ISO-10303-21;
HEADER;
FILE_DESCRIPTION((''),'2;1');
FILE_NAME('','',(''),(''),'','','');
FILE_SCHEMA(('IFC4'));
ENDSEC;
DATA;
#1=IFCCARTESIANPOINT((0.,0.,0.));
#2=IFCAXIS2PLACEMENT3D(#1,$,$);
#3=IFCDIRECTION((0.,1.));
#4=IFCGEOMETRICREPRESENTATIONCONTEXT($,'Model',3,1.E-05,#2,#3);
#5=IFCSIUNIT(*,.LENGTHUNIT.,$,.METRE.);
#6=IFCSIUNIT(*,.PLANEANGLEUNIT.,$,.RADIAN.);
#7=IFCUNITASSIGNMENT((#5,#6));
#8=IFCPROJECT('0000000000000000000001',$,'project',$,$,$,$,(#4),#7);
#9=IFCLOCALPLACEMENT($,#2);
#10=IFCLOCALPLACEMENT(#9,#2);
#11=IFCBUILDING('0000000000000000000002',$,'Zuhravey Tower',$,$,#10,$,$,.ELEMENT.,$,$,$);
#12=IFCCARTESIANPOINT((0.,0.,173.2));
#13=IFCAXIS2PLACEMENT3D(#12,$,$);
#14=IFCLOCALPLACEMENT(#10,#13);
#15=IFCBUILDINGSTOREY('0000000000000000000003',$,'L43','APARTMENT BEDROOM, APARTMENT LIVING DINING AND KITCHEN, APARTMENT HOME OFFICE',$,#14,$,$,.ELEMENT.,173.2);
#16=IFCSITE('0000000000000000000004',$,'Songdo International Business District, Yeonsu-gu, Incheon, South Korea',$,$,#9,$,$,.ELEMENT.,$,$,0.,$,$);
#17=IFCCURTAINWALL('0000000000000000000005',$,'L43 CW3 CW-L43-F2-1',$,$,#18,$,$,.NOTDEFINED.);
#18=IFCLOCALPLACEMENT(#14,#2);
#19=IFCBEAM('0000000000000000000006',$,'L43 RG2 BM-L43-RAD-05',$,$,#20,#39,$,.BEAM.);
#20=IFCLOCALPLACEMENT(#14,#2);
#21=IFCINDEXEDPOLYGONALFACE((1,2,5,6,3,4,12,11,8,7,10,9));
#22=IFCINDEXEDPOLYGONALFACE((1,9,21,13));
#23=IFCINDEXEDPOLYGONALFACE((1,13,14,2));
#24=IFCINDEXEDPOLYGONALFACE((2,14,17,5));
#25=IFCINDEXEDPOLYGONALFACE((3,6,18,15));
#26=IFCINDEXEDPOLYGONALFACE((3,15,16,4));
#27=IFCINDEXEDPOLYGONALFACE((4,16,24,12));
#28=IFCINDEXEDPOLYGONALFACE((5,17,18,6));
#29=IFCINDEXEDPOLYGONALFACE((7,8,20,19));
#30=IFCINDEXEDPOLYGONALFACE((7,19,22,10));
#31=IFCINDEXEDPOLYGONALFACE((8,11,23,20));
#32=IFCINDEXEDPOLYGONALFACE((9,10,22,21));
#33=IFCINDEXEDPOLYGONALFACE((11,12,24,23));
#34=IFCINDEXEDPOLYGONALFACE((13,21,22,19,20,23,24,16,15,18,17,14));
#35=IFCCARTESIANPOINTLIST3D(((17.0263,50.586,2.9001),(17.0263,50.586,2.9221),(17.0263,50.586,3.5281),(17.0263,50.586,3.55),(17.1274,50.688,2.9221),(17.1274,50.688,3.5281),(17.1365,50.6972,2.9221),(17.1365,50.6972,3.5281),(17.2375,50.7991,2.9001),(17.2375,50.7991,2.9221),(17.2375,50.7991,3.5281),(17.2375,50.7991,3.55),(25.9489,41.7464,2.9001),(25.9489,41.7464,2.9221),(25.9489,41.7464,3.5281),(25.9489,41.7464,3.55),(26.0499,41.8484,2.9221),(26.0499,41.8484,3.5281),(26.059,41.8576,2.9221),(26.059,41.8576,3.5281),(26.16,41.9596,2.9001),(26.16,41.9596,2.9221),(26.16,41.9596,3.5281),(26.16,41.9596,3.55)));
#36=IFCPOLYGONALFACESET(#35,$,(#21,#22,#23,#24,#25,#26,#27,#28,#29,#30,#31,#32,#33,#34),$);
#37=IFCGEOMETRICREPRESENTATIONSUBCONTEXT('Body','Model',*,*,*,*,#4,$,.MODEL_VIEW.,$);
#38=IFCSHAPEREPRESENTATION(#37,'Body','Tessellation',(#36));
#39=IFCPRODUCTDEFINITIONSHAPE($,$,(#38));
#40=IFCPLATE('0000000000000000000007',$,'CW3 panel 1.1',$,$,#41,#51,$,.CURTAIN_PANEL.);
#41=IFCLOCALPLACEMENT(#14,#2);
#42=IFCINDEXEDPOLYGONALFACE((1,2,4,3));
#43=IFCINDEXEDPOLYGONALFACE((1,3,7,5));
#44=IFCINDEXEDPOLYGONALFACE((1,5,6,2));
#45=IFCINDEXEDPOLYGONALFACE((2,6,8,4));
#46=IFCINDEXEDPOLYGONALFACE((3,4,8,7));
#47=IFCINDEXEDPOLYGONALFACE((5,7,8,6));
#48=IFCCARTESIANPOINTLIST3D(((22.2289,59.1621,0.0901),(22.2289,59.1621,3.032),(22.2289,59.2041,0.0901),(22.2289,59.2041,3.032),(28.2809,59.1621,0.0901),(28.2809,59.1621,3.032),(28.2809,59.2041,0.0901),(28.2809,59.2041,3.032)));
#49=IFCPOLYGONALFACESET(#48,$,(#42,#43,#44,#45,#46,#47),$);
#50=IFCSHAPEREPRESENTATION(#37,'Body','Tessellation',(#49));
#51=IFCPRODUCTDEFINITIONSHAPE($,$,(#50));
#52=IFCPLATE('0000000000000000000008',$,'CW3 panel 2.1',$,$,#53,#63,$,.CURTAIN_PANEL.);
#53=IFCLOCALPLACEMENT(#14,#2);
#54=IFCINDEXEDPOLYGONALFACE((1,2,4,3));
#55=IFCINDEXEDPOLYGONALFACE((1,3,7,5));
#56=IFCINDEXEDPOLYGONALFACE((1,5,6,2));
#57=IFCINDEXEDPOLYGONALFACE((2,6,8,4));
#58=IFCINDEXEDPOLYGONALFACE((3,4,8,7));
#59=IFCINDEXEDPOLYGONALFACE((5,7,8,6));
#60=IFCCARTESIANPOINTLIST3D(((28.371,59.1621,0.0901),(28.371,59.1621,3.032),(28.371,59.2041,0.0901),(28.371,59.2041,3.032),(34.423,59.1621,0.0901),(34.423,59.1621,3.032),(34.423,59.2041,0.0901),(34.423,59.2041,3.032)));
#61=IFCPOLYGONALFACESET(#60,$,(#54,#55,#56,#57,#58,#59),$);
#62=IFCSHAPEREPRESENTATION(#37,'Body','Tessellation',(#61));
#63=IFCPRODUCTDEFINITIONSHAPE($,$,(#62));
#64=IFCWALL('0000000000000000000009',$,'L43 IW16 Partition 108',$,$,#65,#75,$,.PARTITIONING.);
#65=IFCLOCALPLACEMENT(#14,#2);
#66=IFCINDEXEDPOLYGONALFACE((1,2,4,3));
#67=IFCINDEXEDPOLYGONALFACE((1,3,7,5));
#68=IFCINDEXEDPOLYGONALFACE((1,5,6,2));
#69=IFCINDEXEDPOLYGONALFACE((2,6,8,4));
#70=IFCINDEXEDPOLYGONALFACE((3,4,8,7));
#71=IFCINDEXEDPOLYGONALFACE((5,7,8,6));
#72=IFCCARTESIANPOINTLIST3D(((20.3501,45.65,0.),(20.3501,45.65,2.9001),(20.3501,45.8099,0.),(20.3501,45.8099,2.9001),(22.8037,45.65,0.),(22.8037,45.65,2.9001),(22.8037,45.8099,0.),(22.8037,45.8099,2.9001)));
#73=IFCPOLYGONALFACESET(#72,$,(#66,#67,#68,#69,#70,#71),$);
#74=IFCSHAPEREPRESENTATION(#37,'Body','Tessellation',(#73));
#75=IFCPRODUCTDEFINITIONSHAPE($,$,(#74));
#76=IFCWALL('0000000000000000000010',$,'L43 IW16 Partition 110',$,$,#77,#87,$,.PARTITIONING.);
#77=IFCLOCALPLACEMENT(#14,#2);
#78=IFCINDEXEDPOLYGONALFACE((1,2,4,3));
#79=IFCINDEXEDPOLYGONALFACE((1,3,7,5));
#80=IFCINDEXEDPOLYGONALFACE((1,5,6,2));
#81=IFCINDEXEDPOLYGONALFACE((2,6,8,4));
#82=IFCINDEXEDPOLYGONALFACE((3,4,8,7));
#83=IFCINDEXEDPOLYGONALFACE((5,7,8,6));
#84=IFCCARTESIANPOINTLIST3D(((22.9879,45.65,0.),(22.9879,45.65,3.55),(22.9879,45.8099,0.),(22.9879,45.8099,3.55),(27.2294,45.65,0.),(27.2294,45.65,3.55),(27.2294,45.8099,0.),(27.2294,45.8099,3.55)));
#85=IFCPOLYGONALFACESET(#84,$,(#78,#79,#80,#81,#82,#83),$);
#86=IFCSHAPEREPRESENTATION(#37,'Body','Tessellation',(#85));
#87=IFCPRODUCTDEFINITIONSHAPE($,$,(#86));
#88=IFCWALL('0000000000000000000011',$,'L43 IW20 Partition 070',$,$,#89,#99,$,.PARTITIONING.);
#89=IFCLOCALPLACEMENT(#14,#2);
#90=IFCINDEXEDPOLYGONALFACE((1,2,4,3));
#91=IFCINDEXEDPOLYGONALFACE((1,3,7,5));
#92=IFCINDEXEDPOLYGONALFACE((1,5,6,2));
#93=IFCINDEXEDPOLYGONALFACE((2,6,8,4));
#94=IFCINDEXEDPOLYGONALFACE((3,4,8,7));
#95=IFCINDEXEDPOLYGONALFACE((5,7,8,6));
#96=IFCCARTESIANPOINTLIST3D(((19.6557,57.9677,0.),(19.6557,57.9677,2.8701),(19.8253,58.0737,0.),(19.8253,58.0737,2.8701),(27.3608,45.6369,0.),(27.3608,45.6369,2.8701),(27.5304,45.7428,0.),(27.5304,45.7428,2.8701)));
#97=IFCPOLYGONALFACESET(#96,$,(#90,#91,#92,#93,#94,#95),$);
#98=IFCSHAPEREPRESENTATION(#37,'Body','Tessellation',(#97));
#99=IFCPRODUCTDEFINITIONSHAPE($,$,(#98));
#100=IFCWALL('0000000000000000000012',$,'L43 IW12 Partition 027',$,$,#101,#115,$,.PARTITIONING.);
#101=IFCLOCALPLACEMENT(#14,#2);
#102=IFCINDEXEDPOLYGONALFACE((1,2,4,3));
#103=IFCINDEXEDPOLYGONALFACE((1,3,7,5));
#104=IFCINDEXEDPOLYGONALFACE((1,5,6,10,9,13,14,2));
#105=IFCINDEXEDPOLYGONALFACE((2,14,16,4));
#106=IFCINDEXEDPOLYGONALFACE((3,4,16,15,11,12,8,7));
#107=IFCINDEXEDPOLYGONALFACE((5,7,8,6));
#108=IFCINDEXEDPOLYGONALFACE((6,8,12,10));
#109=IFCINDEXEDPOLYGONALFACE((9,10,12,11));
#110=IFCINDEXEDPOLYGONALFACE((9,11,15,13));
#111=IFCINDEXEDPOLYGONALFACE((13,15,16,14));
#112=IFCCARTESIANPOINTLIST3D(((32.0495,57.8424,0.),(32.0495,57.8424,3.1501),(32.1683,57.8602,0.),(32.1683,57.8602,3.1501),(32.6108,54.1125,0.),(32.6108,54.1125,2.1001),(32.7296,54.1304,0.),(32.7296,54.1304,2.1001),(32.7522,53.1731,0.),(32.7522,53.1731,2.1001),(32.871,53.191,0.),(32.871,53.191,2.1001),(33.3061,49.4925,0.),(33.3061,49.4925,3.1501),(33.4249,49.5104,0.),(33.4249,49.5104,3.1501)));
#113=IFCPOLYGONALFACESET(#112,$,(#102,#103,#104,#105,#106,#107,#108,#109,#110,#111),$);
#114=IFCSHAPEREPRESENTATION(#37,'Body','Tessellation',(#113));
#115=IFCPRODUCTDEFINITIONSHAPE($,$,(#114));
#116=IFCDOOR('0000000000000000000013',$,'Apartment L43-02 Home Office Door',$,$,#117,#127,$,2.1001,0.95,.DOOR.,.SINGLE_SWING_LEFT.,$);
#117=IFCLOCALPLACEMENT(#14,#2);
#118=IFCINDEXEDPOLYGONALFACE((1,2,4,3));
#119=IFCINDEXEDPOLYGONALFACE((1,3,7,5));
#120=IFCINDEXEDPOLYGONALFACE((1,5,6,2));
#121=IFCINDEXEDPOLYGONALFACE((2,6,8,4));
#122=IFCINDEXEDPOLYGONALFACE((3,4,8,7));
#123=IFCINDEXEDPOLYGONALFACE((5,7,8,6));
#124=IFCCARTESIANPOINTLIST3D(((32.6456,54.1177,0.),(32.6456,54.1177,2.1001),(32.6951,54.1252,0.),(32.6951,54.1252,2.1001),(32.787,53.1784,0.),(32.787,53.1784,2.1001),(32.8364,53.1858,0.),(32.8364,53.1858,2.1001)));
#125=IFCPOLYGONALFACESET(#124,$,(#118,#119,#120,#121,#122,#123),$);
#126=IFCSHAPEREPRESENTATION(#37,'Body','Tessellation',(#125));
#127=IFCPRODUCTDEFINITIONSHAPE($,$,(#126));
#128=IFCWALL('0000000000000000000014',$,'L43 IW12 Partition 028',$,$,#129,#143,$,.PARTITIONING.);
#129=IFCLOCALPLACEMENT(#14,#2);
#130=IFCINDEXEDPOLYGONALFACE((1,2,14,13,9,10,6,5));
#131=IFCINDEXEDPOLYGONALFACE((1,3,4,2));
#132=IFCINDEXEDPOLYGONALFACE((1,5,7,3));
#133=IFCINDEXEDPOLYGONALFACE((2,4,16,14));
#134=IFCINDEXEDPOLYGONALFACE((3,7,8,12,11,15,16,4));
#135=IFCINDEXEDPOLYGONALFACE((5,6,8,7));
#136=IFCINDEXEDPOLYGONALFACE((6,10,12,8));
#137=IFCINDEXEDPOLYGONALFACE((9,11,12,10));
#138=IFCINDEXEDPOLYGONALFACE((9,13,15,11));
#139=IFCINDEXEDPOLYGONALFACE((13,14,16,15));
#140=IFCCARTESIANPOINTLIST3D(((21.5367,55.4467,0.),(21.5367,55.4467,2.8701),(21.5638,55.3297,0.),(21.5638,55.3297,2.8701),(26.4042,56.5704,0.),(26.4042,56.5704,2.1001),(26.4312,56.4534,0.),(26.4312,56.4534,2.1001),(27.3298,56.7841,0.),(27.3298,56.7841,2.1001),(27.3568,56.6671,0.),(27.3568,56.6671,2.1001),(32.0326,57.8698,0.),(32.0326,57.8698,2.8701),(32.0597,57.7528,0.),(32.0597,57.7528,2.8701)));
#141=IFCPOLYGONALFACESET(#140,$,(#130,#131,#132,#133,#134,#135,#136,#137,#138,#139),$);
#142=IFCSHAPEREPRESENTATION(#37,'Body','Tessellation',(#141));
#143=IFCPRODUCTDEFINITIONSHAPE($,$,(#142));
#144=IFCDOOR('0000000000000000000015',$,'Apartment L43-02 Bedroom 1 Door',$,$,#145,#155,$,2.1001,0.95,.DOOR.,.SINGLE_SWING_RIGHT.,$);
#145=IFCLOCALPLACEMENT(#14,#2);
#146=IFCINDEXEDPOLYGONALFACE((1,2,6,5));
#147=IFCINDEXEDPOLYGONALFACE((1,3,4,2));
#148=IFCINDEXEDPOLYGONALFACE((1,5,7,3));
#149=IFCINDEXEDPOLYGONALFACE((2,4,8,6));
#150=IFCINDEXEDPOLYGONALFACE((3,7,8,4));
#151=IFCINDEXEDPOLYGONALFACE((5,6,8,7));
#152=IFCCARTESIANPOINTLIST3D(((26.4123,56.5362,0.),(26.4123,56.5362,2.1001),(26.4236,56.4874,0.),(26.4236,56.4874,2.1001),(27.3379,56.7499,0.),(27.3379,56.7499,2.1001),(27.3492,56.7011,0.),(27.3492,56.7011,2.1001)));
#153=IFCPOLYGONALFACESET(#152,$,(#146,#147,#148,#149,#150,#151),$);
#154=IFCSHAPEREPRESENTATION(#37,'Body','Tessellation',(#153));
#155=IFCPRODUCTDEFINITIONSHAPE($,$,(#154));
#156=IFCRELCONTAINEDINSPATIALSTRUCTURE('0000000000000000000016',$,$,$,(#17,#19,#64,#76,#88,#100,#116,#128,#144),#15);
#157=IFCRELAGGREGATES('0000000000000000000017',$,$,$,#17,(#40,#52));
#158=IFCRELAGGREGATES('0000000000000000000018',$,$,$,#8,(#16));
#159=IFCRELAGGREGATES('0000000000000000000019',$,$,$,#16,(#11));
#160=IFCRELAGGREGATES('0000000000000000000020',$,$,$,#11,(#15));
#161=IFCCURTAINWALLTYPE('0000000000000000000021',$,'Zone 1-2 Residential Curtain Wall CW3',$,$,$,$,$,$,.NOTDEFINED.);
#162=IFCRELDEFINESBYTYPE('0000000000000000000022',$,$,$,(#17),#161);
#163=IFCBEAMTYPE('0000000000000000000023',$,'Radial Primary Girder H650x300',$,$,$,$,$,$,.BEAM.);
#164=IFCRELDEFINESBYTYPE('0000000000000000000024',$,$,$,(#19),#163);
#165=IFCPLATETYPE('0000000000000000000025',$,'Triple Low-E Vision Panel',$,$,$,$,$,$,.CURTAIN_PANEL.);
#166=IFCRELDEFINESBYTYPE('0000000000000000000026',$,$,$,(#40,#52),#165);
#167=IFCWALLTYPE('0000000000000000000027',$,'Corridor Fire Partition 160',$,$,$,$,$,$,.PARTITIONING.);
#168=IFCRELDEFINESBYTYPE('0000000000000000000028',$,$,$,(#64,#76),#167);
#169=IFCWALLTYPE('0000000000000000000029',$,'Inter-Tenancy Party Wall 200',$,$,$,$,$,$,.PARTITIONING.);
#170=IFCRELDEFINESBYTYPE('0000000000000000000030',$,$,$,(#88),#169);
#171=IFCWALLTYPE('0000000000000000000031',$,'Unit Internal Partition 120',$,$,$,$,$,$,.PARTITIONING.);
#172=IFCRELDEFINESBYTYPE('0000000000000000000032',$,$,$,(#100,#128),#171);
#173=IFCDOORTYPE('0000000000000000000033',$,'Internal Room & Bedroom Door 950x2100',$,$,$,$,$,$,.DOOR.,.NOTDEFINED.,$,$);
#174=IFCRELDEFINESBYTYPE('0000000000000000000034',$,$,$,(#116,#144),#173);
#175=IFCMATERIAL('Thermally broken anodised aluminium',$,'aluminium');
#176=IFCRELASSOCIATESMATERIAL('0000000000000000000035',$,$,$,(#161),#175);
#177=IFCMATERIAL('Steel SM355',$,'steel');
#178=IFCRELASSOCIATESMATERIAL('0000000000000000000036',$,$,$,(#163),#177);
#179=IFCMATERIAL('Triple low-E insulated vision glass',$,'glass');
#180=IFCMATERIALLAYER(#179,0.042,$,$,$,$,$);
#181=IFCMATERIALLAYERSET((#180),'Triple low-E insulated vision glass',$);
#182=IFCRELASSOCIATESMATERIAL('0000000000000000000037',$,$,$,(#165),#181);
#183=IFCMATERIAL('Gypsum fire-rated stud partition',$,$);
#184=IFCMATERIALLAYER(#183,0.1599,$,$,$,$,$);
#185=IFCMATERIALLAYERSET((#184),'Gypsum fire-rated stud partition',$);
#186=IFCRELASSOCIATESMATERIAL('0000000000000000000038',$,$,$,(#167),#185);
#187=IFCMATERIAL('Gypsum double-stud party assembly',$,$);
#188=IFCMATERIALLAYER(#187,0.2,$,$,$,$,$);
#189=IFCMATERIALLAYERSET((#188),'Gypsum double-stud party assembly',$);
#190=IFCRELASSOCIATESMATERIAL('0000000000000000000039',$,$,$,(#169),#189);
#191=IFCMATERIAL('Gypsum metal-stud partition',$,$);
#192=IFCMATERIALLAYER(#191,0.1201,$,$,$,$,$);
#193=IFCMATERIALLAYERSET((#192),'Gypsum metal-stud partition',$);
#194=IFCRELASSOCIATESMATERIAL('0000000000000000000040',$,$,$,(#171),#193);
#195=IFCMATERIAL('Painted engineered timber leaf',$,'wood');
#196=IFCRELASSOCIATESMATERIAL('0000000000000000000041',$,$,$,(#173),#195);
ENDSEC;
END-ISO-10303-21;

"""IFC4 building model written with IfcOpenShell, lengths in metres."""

from ifc_helpers import new_model, si_unit, direction, frame, frame_2d, origin, origin_2d, place, context, subcontext, project, spatial, rectangle, i_section, extrude, material, layer, layer_set, material_profile, profile_set, type_object, element, fill, aggregate, save


model = new_model("IFC4")

# Units and contexts
model_context = context("Model", 3, precision=1e-05, world=origin(), true_north=direction((0.0, 1.0)))
body_context = subcontext(model_context, "Body", "Model", "MODEL_VIEW")
ifc_project = project(units=[si_unit("LENGTHUNIT", "METRE"), si_unit("PLANEANGLEUNIT", "RADIAN")], contexts=[model_context])

# Site, building, storey
site_placement = place(None, origin())
site = spatial("IfcSite", under=ifc_project, at=site_placement, Name="Songdo International Business District, Yeonsu-gu, Incheon, South Korea", CompositionType="ELEMENT", RefElevation=0.0)
building_placement = place(site_placement, origin())
building = spatial("IfcBuilding", under=site, at=building_placement, Name="Zuhravey Tower", CompositionType="ELEMENT")
storey_placement = place(building_placement, frame((0.0, 0.0, 173.2)))
storey = spatial("IfcBuildingStorey", under=building, at=storey_placement, Name="L43", Description="APARTMENT BEDROOM, APARTMENT LIVING DINING AND KITCHEN, APARTMENT HOME OFFICE", CompositionType="ELEMENT", Elevation=173.2)

# Curtain wall
ifc_material_1 = material(Name="Thermally broken anodised aluminium", Category="aluminium")
curtain_wall_type = type_object("IfcCurtainWallType", Name="Zone 1-2 Residential Curtain Wall CW3", PredefinedType="NOTDEFINED", material=ifc_material_1)
curtain_wall_placement = place(storey_placement, origin())
curtain_wall = element("IfcCurtainWall", 1, at=curtain_wall_placement, inside=storey, type_object=curtain_wall_type, Name="L43 CW3 CW-L43-F2-1", PredefinedType="NOTDEFINED")

# Beam
ifc_material_2 = material(Name="Steel SM355", Category="steel")
ifc_material_profile_1 = material_profile(ifc_material_2, i_section(OverallWidth=0.3, OverallDepth=0.6499, WebThickness=0.0129, FlangeThickness=0.022, at=origin_2d()), Name="H-650x300x13x22")
ifc_profile_set_1 = profile_set([ifc_material_profile_1], Name="Steel SM355")
beam_type_1 = type_object("IfcBeamType", Name="Radial Primary Girder H650x300", PredefinedType="BEAM", material=ifc_profile_set_1)
beam_1_placement = place(storey_placement, frame((26.0544, 41.853, 3.2251), z_axis=(-0.710404, 0.703795, 0.0), x_axis=(-0.703795, -0.710404, 0.0)))
element("IfcBeam", 2, at=beam_1_placement, inside=storey, type_object=beam_type_1, Name="L43 RG2 BM-L43-RAD-05", PredefinedType="BEAM", context=body_context, shape_type="SweptSolid", body=[
    extrude(i_section(OverallWidth=0.3, OverallDepth=0.6499, WebThickness=0.0129, FlangeThickness=0.022, at=origin_2d()), origin(), (0.0, 0.0, 1.0), 12.5598),
])

# Plates
ifc_material_3 = material(Name="Triple low-E insulated vision glass", Category="glass")
ifc_layer_1 = layer(ifc_material_3, 0.042)
ifc_layer_set_1 = layer_set([ifc_layer_1], Name="Triple low-E insulated vision glass")
plate_type = type_object("IfcPlateType", Name="Triple Low-E Vision Panel", PredefinedType="CURTAIN_PANEL", material=ifc_layer_set_1)
plate_1_placement = place(storey_placement, frame((25.2549, 59.1831, 0.0901), z_axis=(0.0, 0.0, 1.0), x_axis=(1.0, 0.0, 0.0)))
plate_1 = element("IfcPlate", 3, at=plate_1_placement, type_object=plate_type, Name="CW3 panel 1.1", PredefinedType="CURTAIN_PANEL", context=body_context, shape_type="SweptSolid", body=[
    extrude(rectangle(XDim=6.052, YDim=0.042, at=origin_2d()), origin(), (0.0, 0.0, 1.0), 2.9419),
])
plate_2_placement = place(storey_placement, frame((31.397, 59.1831, 0.0901), z_axis=(0.0, 0.0, 1.0), x_axis=(1.0, 0.0, 0.0)))
plate_2 = element("IfcPlate", 4, at=plate_2_placement, type_object=plate_type, Name="CW3 panel 2.1", PredefinedType="CURTAIN_PANEL", context=body_context, shape_type="SweptSolid", body=[
    extrude(rectangle(XDim=6.052, YDim=0.042, at=origin_2d()), origin(), (0.0, 0.0, 1.0), 2.9419),
])
aggregate(curtain_wall, [plate_1, plate_2])

# Walls
ifc_material_4 = material(Name="Gypsum fire-rated stud partition")
ifc_layer_2 = layer(ifc_material_4, 0.1599)
ifc_layer_set_2 = layer_set([ifc_layer_2], Name="Gypsum fire-rated stud partition")
wall_type_1 = type_object("IfcWallType", Name="Corridor Fire Partition 160", PredefinedType="PARTITIONING", material=ifc_layer_set_2)
wall_1_placement = place(storey_placement, frame((22.8037, 45.73, 0.0), z_axis=(0.0, 0.0, 1.0), x_axis=(-1.0, 0.0, 0.0)))
element("IfcWall", 5, at=wall_1_placement, inside=storey, type_object=wall_type_1, Name="L43 IW16 Partition 108", PredefinedType="PARTITIONING", context=body_context, shape_type="SweptSolid", body=[
    extrude(rectangle(XDim=2.4536, YDim=0.1599, at=frame_2d((1.2268, 0.0))), origin(), (0.0, 0.0, 1.0), 2.9001),
])
wall_2_placement = place(storey_placement, frame((27.2292, 45.73, 0.0), z_axis=(0.0, 0.0, 1.0), x_axis=(-1.0, 0.0, 0.0)))
element("IfcWall", 6, at=wall_2_placement, inside=storey, type_object=wall_type_1, Name="L43 IW16 Partition 110", PredefinedType="PARTITIONING", context=body_context, shape_type="SweptSolid", body=[
    extrude(rectangle(XDim=4.2415, YDim=0.1599, at=frame_2d((2.1206, 0.0))), origin(), (0.0, 0.0, 1.0), 3.55),
])
ifc_material_5 = material(Name="Gypsum double-stud party assembly")
ifc_layer_3 = layer(ifc_material_5, 0.2)
ifc_layer_set_3 = layer_set([ifc_layer_3], Name="Gypsum double-stud party assembly")
wall_type_2 = type_object("IfcWallType", Name="Inter-Tenancy Party Wall 200", PredefinedType="PARTITIONING", material=ifc_layer_set_3)
wall_3_placement = place(storey_placement, frame((27.4456, 45.6899, 0.0), z_axis=(0.0, 0.0, 1.0), x_axis=(-0.529916, 0.84805, 0.0)))
element("IfcWall", 7, at=wall_3_placement, inside=storey, type_object=wall_type_2, Name="L43 IW20 Partition 070", PredefinedType="PARTITIONING", context=body_context, shape_type="SweptSolid", body=[
    extrude(rectangle(XDim=14.5403, YDim=0.2, at=frame_2d((7.27, 0.0))), origin(), (0.0, 0.0, 1.0), 2.8701),
])

# Walls, openings, doors
ifc_material_6 = material(Name="Gypsum metal-stud partition")
ifc_layer_4 = layer(ifc_material_6, 0.1201)
ifc_layer_set_4 = layer_set([ifc_layer_4], Name="Gypsum metal-stud partition")
wall_type_3 = type_object("IfcWallType", Name="Unit Internal Partition 120", PredefinedType="PARTITIONING", material=ifc_layer_set_4)
wall_4_placement = place(storey_placement, frame((33.3655, 49.5015, 0.0), z_axis=(0.0, 0.0, 1.0), x_axis=(-0.148817, 0.988865, 0.0)))
wall_4 = element("IfcWall", 8, at=wall_4_placement, inside=storey, type_object=wall_type_3, Name="L43 IW12 Partition 027", PredefinedType="PARTITIONING", context=body_context, shape_type="SweptSolid", body=[
    extrude(rectangle(XDim=8.4438, YDim=0.1201, at=frame_2d((4.2219, 0.0))), origin(), (0.0, 0.0, 1.0), 3.1501),
])
opening_1_placement = place(wall_4_placement, frame((3.7219, 0.0, 0.0)))
opening_1 = element("IfcOpeningElement", 9, at=opening_1_placement, cuts=wall_4, PredefinedType="OPENING", context=body_context, shape_type="SweptSolid", body=[
    extrude(rectangle(XDim=0.95, YDim=2.1001, at=frame_2d((0.4751, 1.05))), frame((0.0, 0.072, 0.0), z_axis=(0.0, -1.0, 0.0), x_axis=(1.0, 0.0, 0.0)), (0.0, 0.0, 1.0), 0.144),
])
ifc_material_7 = material(Name="Painted engineered timber leaf", Category="wood")
door_type_1 = type_object("IfcDoorType", Name="Internal Room & Bedroom Door 950x2100", OperationType="NOTDEFINED", PredefinedType="DOOR", material=ifc_material_7)
door_1_placement = place(opening_1_placement, origin())
door_1 = element("IfcDoor", 10, at=door_1_placement, inside=storey, type_object=door_type_1, Name="Apartment L43-02 Home Office Door", OperationType="SINGLE_SWING_LEFT", OverallHeight=2.1001, OverallWidth=0.95, PredefinedType="DOOR", context=body_context, shape_type="SweptSolid", body=[
    extrude(rectangle(XDim=0.95, YDim=2.1001, at=frame_2d((0.4751, 1.05))), frame((0.0, 0.0249, 0.0), z_axis=(0.0, -1.0, 0.0), x_axis=(1.0, 0.0, 0.0)), (0.0, 0.0, 1.0), 0.05),
])
fill(opening_1, door_1)
wall_5_placement = place(storey_placement, frame((32.0461, 57.8113, 0.0), z_axis=(0.0, 0.0, 1.0), x_axis=(-0.974371, -0.224946, 0.0)))
wall_5 = element("IfcWall", 11, at=wall_5_placement, inside=storey, type_object=wall_type_3, Name="L43 IW12 Partition 028", PredefinedType="PARTITIONING", context=body_context, shape_type="SweptSolid", body=[
    extrude(rectangle(XDim=10.772, YDim=0.1201, at=frame_2d((5.386, 0.0))), origin(), (0.0, 0.0, 1.0), 2.8701),
])
opening_2_placement = place(wall_5_placement, frame((4.8264, 0.0, 0.0)))
opening_2 = element("IfcOpeningElement", 12, at=opening_2_placement, cuts=wall_5, PredefinedType="OPENING", context=body_context, shape_type="SweptSolid", body=[
    extrude(rectangle(XDim=0.95, YDim=2.1001, at=frame_2d((0.4751, 1.05))), frame((0.0, 0.072, 0.0), z_axis=(0.0, -1.0, 0.0), x_axis=(1.0, 0.0, 0.0)), (0.0, 0.0, 1.0), 0.144),
])
door_2_placement = place(opening_2_placement, frame((0.95, 0.0, 0.0), z_axis=(0.0, 0.0, 1.0), x_axis=(-1.0, 0.0, 0.0)))
door_2 = element("IfcDoor", 13, at=door_2_placement, inside=storey, type_object=door_type_1, Name="Apartment L43-02 Bedroom 1 Door", OperationType="SINGLE_SWING_RIGHT", OverallHeight=2.1001, OverallWidth=0.95, PredefinedType="DOOR", context=body_context, shape_type="SweptSolid", body=[
    extrude(rectangle(XDim=0.95, YDim=2.1001, at=frame_2d((0.4751, 1.05))), frame((0.0, 0.0249, 0.0), z_axis=(0.0, -1.0, 0.0), x_axis=(1.0, 0.0, 0.0)), (0.0, 0.0, 1.0), 0.05),
])
fill(opening_2, door_2)

save(model, "model.ifc")
